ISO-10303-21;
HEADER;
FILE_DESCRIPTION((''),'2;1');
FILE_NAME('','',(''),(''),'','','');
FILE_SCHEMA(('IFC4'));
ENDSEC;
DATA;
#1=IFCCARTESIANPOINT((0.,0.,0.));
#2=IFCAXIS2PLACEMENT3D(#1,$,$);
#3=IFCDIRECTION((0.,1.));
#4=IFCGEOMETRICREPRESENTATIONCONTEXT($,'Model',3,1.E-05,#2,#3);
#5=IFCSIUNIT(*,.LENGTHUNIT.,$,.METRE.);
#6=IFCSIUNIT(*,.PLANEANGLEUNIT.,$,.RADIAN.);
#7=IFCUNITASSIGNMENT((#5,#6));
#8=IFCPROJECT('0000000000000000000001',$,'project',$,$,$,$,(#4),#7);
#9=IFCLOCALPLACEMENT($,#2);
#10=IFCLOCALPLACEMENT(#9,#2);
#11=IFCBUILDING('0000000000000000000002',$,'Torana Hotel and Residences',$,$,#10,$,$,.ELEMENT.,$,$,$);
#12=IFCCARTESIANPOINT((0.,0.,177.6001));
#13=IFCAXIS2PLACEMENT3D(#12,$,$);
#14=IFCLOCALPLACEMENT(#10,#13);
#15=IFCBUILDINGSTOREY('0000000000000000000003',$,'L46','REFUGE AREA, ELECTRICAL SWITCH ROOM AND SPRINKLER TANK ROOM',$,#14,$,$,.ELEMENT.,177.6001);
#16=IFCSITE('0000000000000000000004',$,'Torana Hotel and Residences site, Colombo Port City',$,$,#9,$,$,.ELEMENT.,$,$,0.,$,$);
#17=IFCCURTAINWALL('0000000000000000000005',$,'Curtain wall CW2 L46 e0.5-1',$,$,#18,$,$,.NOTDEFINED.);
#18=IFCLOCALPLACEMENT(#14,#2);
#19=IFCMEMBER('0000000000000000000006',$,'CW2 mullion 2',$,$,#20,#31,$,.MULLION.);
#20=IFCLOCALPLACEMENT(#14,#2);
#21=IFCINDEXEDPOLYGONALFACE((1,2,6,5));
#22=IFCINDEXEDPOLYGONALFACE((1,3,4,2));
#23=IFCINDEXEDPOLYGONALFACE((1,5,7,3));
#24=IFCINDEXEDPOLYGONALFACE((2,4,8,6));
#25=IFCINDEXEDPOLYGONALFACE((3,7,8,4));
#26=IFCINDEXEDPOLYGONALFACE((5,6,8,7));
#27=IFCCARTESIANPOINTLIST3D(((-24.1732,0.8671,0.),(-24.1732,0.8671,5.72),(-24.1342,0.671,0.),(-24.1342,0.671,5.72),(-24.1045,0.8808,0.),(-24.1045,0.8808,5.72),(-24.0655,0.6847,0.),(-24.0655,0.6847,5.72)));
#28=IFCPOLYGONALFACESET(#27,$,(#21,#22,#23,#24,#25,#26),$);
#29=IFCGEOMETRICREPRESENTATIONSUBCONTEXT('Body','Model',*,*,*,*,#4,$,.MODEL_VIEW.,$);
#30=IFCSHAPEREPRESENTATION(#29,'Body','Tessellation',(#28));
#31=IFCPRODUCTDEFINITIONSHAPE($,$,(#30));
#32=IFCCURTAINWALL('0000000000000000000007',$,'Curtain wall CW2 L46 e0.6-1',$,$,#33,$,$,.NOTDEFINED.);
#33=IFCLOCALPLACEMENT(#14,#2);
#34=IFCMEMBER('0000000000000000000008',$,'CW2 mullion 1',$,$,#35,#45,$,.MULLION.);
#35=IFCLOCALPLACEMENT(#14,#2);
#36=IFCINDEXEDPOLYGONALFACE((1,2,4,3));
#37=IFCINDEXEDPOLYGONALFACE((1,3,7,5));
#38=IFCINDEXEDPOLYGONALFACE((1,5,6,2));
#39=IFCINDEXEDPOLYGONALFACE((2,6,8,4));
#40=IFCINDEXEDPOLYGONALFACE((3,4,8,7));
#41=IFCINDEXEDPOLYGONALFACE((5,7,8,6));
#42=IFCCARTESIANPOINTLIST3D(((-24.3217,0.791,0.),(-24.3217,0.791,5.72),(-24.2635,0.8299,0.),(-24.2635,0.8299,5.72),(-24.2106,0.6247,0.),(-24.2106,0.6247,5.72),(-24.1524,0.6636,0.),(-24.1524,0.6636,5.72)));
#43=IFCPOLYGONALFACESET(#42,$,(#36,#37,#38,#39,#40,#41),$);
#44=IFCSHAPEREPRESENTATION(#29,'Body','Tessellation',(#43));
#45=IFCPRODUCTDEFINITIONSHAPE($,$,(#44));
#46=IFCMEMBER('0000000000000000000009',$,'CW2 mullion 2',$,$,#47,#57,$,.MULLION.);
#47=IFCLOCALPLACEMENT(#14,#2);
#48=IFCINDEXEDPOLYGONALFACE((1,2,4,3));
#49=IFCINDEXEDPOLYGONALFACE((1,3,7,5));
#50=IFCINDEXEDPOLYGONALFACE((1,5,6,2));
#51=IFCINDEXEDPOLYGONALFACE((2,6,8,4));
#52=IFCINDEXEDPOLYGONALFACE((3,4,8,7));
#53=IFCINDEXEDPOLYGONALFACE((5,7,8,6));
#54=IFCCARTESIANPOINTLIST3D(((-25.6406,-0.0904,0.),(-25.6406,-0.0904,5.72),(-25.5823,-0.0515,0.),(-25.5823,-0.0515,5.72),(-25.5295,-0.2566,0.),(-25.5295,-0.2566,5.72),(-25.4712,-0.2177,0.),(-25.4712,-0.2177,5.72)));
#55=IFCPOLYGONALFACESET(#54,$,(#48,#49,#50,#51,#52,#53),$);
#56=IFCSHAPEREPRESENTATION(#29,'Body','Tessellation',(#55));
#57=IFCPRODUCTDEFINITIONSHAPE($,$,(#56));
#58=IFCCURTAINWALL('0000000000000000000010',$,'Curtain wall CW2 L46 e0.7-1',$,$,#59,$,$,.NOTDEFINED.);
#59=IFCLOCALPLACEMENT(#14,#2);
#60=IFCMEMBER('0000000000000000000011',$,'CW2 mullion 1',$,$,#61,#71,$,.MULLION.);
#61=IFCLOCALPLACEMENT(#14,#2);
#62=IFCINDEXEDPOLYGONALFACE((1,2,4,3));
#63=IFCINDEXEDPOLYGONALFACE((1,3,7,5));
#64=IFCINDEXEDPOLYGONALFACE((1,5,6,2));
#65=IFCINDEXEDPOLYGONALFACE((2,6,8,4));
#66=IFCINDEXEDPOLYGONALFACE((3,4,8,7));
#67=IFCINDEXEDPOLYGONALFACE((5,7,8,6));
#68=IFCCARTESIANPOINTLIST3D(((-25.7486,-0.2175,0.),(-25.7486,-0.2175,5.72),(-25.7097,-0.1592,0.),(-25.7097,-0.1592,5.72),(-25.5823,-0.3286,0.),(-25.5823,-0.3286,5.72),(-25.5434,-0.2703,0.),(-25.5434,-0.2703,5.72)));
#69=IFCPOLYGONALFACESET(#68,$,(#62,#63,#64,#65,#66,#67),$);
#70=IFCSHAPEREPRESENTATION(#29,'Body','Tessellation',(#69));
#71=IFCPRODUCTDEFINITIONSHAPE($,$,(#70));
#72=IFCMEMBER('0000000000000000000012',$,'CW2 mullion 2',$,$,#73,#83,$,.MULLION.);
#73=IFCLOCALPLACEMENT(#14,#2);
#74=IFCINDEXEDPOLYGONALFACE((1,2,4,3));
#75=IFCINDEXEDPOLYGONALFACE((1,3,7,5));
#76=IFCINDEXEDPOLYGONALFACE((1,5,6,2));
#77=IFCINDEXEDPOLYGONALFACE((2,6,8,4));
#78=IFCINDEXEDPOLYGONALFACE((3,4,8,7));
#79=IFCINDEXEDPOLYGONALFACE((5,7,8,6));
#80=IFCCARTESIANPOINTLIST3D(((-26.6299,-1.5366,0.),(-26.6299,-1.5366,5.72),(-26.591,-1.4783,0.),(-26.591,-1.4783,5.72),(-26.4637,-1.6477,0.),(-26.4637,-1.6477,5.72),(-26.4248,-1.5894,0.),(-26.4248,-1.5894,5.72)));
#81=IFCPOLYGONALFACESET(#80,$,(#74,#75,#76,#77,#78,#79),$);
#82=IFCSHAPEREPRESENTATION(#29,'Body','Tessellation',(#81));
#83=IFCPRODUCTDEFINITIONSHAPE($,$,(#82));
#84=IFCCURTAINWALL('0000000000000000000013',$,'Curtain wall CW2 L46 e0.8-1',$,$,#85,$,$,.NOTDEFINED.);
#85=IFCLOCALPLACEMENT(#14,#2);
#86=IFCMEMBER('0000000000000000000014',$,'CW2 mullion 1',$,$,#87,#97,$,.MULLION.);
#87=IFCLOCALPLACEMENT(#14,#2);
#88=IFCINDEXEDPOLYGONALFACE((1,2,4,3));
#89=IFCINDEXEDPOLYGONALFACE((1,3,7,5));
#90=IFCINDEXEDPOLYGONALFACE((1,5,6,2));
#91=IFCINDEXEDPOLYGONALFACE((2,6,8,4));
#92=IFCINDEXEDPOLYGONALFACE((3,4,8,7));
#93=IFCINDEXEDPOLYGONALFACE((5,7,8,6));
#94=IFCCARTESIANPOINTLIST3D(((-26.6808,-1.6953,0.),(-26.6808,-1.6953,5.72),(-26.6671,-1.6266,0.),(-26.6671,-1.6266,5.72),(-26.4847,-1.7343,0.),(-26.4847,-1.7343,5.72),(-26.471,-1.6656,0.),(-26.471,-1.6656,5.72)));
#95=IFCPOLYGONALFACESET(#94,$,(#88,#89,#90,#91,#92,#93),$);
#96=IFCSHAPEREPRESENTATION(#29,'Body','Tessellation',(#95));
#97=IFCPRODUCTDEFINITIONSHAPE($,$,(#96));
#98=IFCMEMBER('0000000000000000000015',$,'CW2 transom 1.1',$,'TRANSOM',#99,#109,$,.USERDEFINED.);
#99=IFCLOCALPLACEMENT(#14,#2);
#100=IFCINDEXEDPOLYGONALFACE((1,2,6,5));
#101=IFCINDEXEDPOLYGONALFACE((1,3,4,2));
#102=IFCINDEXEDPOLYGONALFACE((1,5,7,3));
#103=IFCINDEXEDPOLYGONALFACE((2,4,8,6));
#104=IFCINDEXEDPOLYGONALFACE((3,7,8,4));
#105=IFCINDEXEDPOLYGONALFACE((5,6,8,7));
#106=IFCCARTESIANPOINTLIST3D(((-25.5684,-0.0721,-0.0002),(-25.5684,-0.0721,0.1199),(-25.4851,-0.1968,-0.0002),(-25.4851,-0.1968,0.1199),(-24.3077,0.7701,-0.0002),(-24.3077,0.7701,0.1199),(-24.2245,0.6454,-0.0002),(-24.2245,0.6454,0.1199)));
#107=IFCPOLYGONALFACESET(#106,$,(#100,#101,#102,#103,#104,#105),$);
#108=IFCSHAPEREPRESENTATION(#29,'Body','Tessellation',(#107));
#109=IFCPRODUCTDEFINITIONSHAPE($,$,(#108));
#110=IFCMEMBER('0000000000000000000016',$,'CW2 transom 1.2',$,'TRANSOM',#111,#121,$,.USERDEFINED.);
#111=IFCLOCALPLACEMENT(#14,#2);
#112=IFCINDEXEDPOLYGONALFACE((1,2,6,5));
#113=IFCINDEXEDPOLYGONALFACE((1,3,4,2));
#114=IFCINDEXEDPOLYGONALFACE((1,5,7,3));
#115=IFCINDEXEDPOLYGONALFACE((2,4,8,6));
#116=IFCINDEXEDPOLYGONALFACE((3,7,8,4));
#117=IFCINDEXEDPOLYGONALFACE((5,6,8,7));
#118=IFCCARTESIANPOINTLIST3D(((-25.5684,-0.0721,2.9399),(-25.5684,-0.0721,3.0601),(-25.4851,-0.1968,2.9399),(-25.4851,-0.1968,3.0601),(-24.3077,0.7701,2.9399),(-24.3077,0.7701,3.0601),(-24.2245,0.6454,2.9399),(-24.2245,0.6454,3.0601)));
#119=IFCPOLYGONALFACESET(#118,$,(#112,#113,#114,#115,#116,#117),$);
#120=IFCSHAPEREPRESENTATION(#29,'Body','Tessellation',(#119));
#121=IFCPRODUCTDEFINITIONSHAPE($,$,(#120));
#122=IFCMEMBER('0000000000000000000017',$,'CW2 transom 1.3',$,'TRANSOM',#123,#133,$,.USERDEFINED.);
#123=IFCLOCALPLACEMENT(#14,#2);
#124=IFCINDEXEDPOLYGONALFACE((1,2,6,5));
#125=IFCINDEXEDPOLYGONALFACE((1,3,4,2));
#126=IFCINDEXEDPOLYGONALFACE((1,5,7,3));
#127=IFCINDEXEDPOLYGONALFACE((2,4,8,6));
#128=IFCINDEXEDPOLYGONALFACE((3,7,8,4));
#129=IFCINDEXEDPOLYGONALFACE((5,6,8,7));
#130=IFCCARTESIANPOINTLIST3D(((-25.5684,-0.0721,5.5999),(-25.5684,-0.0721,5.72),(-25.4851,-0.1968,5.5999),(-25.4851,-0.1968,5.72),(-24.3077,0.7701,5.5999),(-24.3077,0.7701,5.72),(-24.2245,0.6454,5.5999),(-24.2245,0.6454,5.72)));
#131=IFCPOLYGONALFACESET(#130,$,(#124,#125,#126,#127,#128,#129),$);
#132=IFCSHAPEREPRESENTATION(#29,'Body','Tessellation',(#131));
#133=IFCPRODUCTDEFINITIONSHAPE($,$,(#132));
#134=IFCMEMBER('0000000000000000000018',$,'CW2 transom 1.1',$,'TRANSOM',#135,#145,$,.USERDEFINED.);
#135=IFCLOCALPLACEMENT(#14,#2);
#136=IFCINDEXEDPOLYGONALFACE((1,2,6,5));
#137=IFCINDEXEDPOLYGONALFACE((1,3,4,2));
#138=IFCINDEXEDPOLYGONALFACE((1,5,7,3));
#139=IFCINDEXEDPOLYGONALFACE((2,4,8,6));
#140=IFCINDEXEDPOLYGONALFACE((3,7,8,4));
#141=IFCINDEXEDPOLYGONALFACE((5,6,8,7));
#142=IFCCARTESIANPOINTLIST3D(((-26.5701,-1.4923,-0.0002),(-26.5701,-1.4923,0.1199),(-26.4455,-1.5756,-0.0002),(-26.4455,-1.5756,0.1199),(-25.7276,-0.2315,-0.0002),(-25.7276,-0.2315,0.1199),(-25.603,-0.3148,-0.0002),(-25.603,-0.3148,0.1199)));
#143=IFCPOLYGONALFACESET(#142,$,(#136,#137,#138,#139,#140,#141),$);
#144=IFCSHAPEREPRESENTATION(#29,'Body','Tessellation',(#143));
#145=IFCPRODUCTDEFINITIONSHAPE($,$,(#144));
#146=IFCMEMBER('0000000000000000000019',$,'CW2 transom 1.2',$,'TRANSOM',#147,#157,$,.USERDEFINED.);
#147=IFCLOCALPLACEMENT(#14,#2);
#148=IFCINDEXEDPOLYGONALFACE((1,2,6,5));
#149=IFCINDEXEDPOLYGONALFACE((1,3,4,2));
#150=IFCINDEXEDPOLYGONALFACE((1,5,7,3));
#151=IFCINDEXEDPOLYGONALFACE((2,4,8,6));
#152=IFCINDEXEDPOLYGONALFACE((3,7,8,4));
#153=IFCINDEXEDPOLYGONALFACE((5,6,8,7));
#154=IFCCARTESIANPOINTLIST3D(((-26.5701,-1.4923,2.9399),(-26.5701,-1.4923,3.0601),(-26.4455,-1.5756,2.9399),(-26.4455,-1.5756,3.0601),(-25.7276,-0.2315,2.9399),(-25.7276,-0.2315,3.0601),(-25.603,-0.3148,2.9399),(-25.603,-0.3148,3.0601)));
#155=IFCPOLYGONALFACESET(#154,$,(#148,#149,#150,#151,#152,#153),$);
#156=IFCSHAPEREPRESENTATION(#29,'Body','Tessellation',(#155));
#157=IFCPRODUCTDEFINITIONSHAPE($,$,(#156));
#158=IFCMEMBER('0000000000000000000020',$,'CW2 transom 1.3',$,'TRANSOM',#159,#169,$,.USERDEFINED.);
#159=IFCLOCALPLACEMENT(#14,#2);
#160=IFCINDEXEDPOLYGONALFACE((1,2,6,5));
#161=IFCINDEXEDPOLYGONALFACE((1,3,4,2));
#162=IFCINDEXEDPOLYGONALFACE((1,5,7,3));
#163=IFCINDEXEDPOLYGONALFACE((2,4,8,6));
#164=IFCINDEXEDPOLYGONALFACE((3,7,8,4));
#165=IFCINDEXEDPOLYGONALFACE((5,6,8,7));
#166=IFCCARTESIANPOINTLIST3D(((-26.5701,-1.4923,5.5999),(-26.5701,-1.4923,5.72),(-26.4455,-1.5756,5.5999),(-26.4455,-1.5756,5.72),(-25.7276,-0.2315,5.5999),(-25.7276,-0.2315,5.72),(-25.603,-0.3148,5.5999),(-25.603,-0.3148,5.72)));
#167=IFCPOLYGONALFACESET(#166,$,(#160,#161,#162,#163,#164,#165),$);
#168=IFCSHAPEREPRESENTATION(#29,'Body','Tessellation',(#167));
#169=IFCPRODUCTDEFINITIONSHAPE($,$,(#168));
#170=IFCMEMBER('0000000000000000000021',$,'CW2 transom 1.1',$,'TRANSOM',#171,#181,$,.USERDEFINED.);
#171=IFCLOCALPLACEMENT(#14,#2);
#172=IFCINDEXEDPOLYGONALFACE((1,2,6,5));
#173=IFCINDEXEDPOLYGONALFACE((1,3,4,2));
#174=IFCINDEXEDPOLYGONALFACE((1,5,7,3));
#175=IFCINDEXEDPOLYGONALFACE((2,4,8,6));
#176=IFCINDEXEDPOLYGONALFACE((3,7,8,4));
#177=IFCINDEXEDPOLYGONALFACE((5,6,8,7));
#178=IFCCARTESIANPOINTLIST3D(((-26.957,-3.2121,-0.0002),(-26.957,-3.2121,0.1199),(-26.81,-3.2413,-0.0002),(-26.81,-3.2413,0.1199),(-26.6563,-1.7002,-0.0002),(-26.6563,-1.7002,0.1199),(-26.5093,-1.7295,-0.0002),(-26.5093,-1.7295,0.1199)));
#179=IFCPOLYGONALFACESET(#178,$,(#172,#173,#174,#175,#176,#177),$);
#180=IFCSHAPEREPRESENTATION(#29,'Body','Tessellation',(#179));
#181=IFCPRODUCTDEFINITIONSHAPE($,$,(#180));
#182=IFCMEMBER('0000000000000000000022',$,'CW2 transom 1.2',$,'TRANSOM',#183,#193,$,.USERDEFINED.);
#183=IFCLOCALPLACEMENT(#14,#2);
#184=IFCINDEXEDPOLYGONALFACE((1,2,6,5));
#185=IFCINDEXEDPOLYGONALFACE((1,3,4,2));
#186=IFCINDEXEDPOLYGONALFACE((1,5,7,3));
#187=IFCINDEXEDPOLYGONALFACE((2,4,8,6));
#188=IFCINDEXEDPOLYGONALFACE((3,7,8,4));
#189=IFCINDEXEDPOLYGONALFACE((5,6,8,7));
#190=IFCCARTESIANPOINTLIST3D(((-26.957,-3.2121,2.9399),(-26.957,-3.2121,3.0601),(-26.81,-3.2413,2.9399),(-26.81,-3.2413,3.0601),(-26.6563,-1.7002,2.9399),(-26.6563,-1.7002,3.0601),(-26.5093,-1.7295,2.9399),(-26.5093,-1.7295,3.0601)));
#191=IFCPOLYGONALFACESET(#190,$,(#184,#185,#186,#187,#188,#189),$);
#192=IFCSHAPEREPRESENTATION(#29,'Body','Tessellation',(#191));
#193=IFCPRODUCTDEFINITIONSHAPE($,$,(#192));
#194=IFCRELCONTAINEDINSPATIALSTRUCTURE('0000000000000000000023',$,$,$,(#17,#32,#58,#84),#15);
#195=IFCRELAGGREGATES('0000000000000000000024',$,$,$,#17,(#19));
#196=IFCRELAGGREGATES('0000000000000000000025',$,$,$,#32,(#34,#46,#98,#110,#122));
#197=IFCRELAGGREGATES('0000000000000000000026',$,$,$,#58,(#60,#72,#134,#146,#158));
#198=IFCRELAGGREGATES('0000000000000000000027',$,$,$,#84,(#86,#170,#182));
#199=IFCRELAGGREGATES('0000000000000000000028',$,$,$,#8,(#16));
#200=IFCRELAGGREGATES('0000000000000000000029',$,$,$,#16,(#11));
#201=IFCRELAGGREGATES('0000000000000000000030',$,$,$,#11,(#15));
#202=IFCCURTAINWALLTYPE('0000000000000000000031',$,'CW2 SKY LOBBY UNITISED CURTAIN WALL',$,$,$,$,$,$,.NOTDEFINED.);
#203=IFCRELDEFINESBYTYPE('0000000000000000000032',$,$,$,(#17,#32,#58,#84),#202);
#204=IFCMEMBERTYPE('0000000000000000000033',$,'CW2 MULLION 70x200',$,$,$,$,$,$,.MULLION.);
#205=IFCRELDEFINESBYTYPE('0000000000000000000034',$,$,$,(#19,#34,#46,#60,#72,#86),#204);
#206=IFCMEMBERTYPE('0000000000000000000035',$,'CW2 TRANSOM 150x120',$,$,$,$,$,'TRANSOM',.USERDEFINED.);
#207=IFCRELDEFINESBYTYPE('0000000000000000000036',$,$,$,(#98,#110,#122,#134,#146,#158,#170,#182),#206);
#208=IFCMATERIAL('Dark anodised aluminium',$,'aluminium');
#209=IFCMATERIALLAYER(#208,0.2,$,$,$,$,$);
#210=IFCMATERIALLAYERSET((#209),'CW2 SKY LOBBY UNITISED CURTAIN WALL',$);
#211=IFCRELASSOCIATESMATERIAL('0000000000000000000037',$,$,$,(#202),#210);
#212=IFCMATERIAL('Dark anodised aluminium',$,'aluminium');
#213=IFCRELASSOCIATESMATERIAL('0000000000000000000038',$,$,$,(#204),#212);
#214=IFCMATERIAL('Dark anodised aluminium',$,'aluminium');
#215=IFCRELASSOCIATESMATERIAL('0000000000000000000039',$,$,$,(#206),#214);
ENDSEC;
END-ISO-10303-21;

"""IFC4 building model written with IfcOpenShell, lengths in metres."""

from ifc_helpers import new_model, si_unit, direction, frame, origin, origin_2d, place, context, subcontext, project, spatial, rectangle, extrude, material, layer, layer_set, material_profile, profile_set, type_object, element, aggregate, save


model = new_model("IFC4")

# Units and contexts
model_context = context("Model", 3, precision=1e-05, world=origin(), true_north=direction((0.0, 1.0)))
body_context = subcontext(model_context, "Body", "Model", "MODEL_VIEW")
ifc_project = project(units=[si_unit("LENGTHUNIT", "METRE"), si_unit("PLANEANGLEUNIT", "RADIAN")], contexts=[model_context])

# Site, building, storey
site_placement = place(None, origin())
site = spatial("IfcSite", under=ifc_project, at=site_placement, Name="Torana Hotel and Residences site, Colombo Port City", CompositionType="ELEMENT", RefElevation=0.0)
building_placement = place(site_placement, origin())
building = spatial("IfcBuilding", under=site, at=building_placement, Name="Torana Hotel and Residences", CompositionType="ELEMENT")
storey_placement = place(building_placement, frame((0.0, 0.0, 177.6001)))
storey = spatial("IfcBuildingStorey", under=building, at=storey_placement, Name="L46", Description="REFUGE AREA, ELECTRICAL SWITCH ROOM AND SPRINKLER TANK ROOM", CompositionType="ELEMENT", Elevation=177.6001)

# Curtain wall, member
ifc_material_1 = material(Name="Dark anodised aluminium", Category="aluminium")
ifc_layer_1 = layer(ifc_material_1, 0.2)
ifc_layer_set_1 = layer_set([ifc_layer_1], Name="CW2 SKY LOBBY UNITISED CURTAIN WALL")
curtain_wall_type = type_object("IfcCurtainWallType", Name="CW2 SKY LOBBY UNITISED CURTAIN WALL", PredefinedType="NOTDEFINED", material=ifc_layer_set_1)
curtain_wall_1_placement = place(storey_placement, origin())
curtain_wall_1 = element("IfcCurtainWall", 1, at=curtain_wall_1_placement, inside=storey, type_object=curtain_wall_type, Name="Curtain wall CW2 L46 e0.5-1", PredefinedType="NOTDEFINED")
ifc_material_2 = material(Name="Dark anodised aluminium", Category="aluminium")
ifc_material_profile_1 = material_profile(ifc_material_2, rectangle(XDim=0.2, YDim=0.0701, at=origin_2d()), Name="CW2 MULLION 70x200")
ifc_profile_set_1 = profile_set([ifc_material_profile_1], Name="Dark anodised aluminium")
member_type_1 = type_object("IfcMemberType", Name="CW2 MULLION 70x200", PredefinedType="MULLION", material=ifc_profile_set_1)
member_1_placement = place(storey_placement, frame((-24.1194, 0.7759, 0.0), z_axis=(0.0, 0.0, 1.0), x_axis=(0.195064, -0.980791, 0.0)))
member_1 = element("IfcMember", 2, at=member_1_placement, type_object=member_type_1, Name="CW2 mullion 2", PredefinedType="MULLION", context=body_context, shape_type="SweptSolid", body=[
    extrude(rectangle(XDim=0.2, YDim=0.0701, at=origin_2d()), origin(), (0.0, 0.0, 1.0), 5.72),
])
aggregate(curtain_wall_1, [member_1])

# Curtain walls, members
curtain_wall_2_placement = place(storey_placement, origin())
curtain_wall_2 = element("IfcCurtainWall", 3, at=curtain_wall_2_placement, inside=storey, type_object=curtain_wall_type, Name="Curtain wall CW2 L46 e0.6-1", PredefinedType="NOTDEFINED")
member_2_placement = place(storey_placement, frame((-24.2371, 0.7273, 0.0), z_axis=(0.0, 0.0, 1.0), x_axis=(0.555564, -0.831474, 0.0)))
member_2 = element("IfcMember", 4, at=member_2_placement, type_object=member_type_1, Name="CW2 mullion 1", PredefinedType="MULLION", context=body_context, shape_type="SweptSolid", body=[
    extrude(rectangle(XDim=0.2, YDim=0.0701, at=origin_2d()), origin(), (0.0, 0.0, 1.0), 5.72),
])
member_3_placement = place(storey_placement, frame((-25.5559, -0.1541, 0.0), z_axis=(0.0, 0.0, 1.0), x_axis=(0.555564, -0.831474, 0.0)))
member_3 = element("IfcMember", 5, at=member_3_placement, type_object=member_type_1, Name="CW2 mullion 2", PredefinedType="MULLION", context=body_context, shape_type="SweptSolid", body=[
    extrude(rectangle(XDim=0.2, YDim=0.0701, at=origin_2d()), origin(), (0.0, 0.0, 1.0), 5.72),
])
curtain_wall_3_placement = place(storey_placement, origin())
curtain_wall_3 = element("IfcCurtainWall", 6, at=curtain_wall_3_placement, inside=storey, type_object=curtain_wall_type, Name="Curtain wall CW2 L46 e0.7-1", PredefinedType="NOTDEFINED")
member_4_placement = place(storey_placement, frame((-25.646, -0.2439, 0.0), z_axis=(0.0, 0.0, 1.0), x_axis=(0.831474, -0.555564, 0.0)))
member_4 = element("IfcMember", 7, at=member_4_placement, type_object=member_type_1, Name="CW2 mullion 1", PredefinedType="MULLION", context=body_context, shape_type="SweptSolid", body=[
    extrude(rectangle(XDim=0.2, YDim=0.0701, at=origin_2d()), origin(), (0.0, 0.0, 1.0), 5.72),
])
member_5_placement = place(storey_placement, frame((-26.5273, -1.563, 0.0), z_axis=(0.0, 0.0, 1.0), x_axis=(0.831474, -0.555564, 0.0)))
member_5 = element("IfcMember", 8, at=member_5_placement, type_object=member_type_1, Name="CW2 mullion 2", PredefinedType="MULLION", context=body_context, shape_type="SweptSolid", body=[
    extrude(rectangle(XDim=0.2, YDim=0.0701, at=origin_2d()), origin(), (0.0, 0.0, 1.0), 5.72),
])

# Curtain wall, member
curtain_wall_4_placement = place(storey_placement, origin())
curtain_wall_4 = element("IfcCurtainWall", 9, at=curtain_wall_4_placement, inside=storey, type_object=curtain_wall_type, Name="Curtain wall CW2 L46 e0.8-1", PredefinedType="NOTDEFINED")
member_6_placement = place(storey_placement, frame((-26.5759, -1.6804, 0.0), z_axis=(0.0, 0.0, 1.0), x_axis=(0.980791, -0.195064, 0.0)))
member_6 = element("IfcMember", 10, at=member_6_placement, type_object=member_type_1, Name="CW2 mullion 1", PredefinedType="MULLION", context=body_context, shape_type="SweptSolid", body=[
    extrude(rectangle(XDim=0.2, YDim=0.0701, at=origin_2d()), origin(), (0.0, 0.0, 1.0), 5.72),
])

# Members
ifc_material_3 = material(Name="Dark anodised aluminium", Category="aluminium")
ifc_material_profile_2 = material_profile(ifc_material_3, rectangle(XDim=0.1499, YDim=0.1201, at=origin_2d()), Name="CW2 TRANSOM 150x120")
ifc_profile_set_2 = profile_set([ifc_material_profile_2], Name="Dark anodised aluminium")
member_type_2 = type_object("IfcMemberType", Name="CW2 TRANSOM 150x120", ElementType="TRANSOM", PredefinedType="USERDEFINED", material=ifc_profile_set_2)
member_7_placement = place(storey_placement, frame((-24.2661, 0.7078, 0.0598), z_axis=(-0.831505, -0.555517, 0.0), x_axis=(0.555517, -0.831505, 0.0)))
member_7 = element("IfcMember", 11, at=member_7_placement, type_object=member_type_2, Name="CW2 transom 1.1", ObjectType="TRANSOM", PredefinedType="USERDEFINED", context=body_context, shape_type="SweptSolid", body=[
    extrude(rectangle(XDim=0.1499, YDim=0.1201, at=origin_2d()), origin(), (0.0, 0.0, 1.0), 1.5161),
])
member_8_placement = place(storey_placement, frame((-24.2661, 0.7078, 3.0), z_axis=(-0.831505, -0.555517, 0.0), x_axis=(0.555517, -0.831505, 0.0)))
member_8 = element("IfcMember", 12, at=member_8_placement, type_object=member_type_2, Name="CW2 transom 1.2", ObjectType="TRANSOM", PredefinedType="USERDEFINED", context=body_context, shape_type="SweptSolid", body=[
    extrude(rectangle(XDim=0.1499, YDim=0.1201, at=origin_2d()), origin(), (0.0, 0.0, 1.0), 1.5161),
])
member_9_placement = place(storey_placement, frame((-24.2661, 0.7078, 5.6599), z_axis=(-0.831505, -0.555517, 0.0), x_axis=(0.555517, -0.831505, 0.0)))
member_9 = element("IfcMember", 13, at=member_9_placement, type_object=member_type_2, Name="CW2 transom 1.3", ObjectType="TRANSOM", PredefinedType="USERDEFINED", context=body_context, shape_type="SweptSolid", body=[
    extrude(rectangle(XDim=0.1499, YDim=0.1201, at=origin_2d()), origin(), (0.0, 0.0, 1.0), 1.5161),
])
member_10_placement = place(storey_placement, frame((-25.6653, -0.2732, 0.0598), z_axis=(-0.555629, -0.831431, 0.0), x_axis=(0.831431, -0.555629, 0.0)))
member_10 = element("IfcMember", 14, at=member_10_placement, type_object=member_type_2, Name="CW2 transom 1.1", ObjectType="TRANSOM", PredefinedType="USERDEFINED", context=body_context, shape_type="SweptSolid", body=[
    extrude(rectangle(XDim=0.1499, YDim=0.1201, at=origin_2d()), origin(), (0.0, 0.0, 1.0), 1.5164),
])
member_11_placement = place(storey_placement, frame((-25.6653, -0.2732, 3.0), z_axis=(-0.555629, -0.831431, 0.0), x_axis=(0.831431, -0.555629, 0.0)))
member_11 = element("IfcMember", 15, at=member_11_placement, type_object=member_type_2, Name="CW2 transom 1.2", ObjectType="TRANSOM", PredefinedType="USERDEFINED", context=body_context, shape_type="SweptSolid", body=[
    extrude(rectangle(XDim=0.1499, YDim=0.1201, at=origin_2d()), origin(), (0.0, 0.0, 1.0), 1.5164),
])
member_12_placement = place(storey_placement, frame((-25.6653, -0.2732, 5.6599), z_axis=(-0.555629, -0.831431, 0.0), x_axis=(0.831431, -0.555629, 0.0)))
member_12 = element("IfcMember", 16, at=member_12_placement, type_object=member_type_2, Name="CW2 transom 1.3", ObjectType="TRANSOM", PredefinedType="USERDEFINED", context=body_context, shape_type="SweptSolid", body=[
    extrude(rectangle(XDim=0.1499, YDim=0.1201, at=origin_2d()), origin(), (0.0, 0.0, 1.0), 1.5164),
])
member_13_placement = place(storey_placement, frame((-26.5828, -1.7148, 0.0598), z_axis=(-0.195111, -0.980781, 0.0), x_axis=(0.980781, -0.195111, 0.0)))
member_13 = element("IfcMember", 17, at=member_13_placement, type_object=member_type_2, Name="CW2 transom 1.1", ObjectType="TRANSOM", PredefinedType="USERDEFINED", context=body_context, shape_type="SweptSolid", body=[
    extrude(rectangle(XDim=0.1499, YDim=0.1201, at=origin_2d()), origin(), (0.0, 0.0, 1.0), 1.5415),
])
member_14_placement = place(storey_placement, frame((-26.5828, -1.7148, 3.0), z_axis=(-0.195111, -0.980781, 0.0), x_axis=(0.980781, -0.195111, 0.0)))
member_14 = element("IfcMember", 18, at=member_14_placement, type_object=member_type_2, Name="CW2 transom 1.2", ObjectType="TRANSOM", PredefinedType="USERDEFINED", context=body_context, shape_type="SweptSolid", body=[
    extrude(rectangle(XDim=0.1499, YDim=0.1201, at=origin_2d()), origin(), (0.0, 0.0, 1.0), 1.5415),
])

aggregate(curtain_wall_2, [member_2, member_3, member_7, member_8, member_9])
aggregate(curtain_wall_3, [member_4, member_5, member_10, member_11, member_12])
aggregate(curtain_wall_4, [member_6, member_13, member_14])

save(model, "model.ifc")
